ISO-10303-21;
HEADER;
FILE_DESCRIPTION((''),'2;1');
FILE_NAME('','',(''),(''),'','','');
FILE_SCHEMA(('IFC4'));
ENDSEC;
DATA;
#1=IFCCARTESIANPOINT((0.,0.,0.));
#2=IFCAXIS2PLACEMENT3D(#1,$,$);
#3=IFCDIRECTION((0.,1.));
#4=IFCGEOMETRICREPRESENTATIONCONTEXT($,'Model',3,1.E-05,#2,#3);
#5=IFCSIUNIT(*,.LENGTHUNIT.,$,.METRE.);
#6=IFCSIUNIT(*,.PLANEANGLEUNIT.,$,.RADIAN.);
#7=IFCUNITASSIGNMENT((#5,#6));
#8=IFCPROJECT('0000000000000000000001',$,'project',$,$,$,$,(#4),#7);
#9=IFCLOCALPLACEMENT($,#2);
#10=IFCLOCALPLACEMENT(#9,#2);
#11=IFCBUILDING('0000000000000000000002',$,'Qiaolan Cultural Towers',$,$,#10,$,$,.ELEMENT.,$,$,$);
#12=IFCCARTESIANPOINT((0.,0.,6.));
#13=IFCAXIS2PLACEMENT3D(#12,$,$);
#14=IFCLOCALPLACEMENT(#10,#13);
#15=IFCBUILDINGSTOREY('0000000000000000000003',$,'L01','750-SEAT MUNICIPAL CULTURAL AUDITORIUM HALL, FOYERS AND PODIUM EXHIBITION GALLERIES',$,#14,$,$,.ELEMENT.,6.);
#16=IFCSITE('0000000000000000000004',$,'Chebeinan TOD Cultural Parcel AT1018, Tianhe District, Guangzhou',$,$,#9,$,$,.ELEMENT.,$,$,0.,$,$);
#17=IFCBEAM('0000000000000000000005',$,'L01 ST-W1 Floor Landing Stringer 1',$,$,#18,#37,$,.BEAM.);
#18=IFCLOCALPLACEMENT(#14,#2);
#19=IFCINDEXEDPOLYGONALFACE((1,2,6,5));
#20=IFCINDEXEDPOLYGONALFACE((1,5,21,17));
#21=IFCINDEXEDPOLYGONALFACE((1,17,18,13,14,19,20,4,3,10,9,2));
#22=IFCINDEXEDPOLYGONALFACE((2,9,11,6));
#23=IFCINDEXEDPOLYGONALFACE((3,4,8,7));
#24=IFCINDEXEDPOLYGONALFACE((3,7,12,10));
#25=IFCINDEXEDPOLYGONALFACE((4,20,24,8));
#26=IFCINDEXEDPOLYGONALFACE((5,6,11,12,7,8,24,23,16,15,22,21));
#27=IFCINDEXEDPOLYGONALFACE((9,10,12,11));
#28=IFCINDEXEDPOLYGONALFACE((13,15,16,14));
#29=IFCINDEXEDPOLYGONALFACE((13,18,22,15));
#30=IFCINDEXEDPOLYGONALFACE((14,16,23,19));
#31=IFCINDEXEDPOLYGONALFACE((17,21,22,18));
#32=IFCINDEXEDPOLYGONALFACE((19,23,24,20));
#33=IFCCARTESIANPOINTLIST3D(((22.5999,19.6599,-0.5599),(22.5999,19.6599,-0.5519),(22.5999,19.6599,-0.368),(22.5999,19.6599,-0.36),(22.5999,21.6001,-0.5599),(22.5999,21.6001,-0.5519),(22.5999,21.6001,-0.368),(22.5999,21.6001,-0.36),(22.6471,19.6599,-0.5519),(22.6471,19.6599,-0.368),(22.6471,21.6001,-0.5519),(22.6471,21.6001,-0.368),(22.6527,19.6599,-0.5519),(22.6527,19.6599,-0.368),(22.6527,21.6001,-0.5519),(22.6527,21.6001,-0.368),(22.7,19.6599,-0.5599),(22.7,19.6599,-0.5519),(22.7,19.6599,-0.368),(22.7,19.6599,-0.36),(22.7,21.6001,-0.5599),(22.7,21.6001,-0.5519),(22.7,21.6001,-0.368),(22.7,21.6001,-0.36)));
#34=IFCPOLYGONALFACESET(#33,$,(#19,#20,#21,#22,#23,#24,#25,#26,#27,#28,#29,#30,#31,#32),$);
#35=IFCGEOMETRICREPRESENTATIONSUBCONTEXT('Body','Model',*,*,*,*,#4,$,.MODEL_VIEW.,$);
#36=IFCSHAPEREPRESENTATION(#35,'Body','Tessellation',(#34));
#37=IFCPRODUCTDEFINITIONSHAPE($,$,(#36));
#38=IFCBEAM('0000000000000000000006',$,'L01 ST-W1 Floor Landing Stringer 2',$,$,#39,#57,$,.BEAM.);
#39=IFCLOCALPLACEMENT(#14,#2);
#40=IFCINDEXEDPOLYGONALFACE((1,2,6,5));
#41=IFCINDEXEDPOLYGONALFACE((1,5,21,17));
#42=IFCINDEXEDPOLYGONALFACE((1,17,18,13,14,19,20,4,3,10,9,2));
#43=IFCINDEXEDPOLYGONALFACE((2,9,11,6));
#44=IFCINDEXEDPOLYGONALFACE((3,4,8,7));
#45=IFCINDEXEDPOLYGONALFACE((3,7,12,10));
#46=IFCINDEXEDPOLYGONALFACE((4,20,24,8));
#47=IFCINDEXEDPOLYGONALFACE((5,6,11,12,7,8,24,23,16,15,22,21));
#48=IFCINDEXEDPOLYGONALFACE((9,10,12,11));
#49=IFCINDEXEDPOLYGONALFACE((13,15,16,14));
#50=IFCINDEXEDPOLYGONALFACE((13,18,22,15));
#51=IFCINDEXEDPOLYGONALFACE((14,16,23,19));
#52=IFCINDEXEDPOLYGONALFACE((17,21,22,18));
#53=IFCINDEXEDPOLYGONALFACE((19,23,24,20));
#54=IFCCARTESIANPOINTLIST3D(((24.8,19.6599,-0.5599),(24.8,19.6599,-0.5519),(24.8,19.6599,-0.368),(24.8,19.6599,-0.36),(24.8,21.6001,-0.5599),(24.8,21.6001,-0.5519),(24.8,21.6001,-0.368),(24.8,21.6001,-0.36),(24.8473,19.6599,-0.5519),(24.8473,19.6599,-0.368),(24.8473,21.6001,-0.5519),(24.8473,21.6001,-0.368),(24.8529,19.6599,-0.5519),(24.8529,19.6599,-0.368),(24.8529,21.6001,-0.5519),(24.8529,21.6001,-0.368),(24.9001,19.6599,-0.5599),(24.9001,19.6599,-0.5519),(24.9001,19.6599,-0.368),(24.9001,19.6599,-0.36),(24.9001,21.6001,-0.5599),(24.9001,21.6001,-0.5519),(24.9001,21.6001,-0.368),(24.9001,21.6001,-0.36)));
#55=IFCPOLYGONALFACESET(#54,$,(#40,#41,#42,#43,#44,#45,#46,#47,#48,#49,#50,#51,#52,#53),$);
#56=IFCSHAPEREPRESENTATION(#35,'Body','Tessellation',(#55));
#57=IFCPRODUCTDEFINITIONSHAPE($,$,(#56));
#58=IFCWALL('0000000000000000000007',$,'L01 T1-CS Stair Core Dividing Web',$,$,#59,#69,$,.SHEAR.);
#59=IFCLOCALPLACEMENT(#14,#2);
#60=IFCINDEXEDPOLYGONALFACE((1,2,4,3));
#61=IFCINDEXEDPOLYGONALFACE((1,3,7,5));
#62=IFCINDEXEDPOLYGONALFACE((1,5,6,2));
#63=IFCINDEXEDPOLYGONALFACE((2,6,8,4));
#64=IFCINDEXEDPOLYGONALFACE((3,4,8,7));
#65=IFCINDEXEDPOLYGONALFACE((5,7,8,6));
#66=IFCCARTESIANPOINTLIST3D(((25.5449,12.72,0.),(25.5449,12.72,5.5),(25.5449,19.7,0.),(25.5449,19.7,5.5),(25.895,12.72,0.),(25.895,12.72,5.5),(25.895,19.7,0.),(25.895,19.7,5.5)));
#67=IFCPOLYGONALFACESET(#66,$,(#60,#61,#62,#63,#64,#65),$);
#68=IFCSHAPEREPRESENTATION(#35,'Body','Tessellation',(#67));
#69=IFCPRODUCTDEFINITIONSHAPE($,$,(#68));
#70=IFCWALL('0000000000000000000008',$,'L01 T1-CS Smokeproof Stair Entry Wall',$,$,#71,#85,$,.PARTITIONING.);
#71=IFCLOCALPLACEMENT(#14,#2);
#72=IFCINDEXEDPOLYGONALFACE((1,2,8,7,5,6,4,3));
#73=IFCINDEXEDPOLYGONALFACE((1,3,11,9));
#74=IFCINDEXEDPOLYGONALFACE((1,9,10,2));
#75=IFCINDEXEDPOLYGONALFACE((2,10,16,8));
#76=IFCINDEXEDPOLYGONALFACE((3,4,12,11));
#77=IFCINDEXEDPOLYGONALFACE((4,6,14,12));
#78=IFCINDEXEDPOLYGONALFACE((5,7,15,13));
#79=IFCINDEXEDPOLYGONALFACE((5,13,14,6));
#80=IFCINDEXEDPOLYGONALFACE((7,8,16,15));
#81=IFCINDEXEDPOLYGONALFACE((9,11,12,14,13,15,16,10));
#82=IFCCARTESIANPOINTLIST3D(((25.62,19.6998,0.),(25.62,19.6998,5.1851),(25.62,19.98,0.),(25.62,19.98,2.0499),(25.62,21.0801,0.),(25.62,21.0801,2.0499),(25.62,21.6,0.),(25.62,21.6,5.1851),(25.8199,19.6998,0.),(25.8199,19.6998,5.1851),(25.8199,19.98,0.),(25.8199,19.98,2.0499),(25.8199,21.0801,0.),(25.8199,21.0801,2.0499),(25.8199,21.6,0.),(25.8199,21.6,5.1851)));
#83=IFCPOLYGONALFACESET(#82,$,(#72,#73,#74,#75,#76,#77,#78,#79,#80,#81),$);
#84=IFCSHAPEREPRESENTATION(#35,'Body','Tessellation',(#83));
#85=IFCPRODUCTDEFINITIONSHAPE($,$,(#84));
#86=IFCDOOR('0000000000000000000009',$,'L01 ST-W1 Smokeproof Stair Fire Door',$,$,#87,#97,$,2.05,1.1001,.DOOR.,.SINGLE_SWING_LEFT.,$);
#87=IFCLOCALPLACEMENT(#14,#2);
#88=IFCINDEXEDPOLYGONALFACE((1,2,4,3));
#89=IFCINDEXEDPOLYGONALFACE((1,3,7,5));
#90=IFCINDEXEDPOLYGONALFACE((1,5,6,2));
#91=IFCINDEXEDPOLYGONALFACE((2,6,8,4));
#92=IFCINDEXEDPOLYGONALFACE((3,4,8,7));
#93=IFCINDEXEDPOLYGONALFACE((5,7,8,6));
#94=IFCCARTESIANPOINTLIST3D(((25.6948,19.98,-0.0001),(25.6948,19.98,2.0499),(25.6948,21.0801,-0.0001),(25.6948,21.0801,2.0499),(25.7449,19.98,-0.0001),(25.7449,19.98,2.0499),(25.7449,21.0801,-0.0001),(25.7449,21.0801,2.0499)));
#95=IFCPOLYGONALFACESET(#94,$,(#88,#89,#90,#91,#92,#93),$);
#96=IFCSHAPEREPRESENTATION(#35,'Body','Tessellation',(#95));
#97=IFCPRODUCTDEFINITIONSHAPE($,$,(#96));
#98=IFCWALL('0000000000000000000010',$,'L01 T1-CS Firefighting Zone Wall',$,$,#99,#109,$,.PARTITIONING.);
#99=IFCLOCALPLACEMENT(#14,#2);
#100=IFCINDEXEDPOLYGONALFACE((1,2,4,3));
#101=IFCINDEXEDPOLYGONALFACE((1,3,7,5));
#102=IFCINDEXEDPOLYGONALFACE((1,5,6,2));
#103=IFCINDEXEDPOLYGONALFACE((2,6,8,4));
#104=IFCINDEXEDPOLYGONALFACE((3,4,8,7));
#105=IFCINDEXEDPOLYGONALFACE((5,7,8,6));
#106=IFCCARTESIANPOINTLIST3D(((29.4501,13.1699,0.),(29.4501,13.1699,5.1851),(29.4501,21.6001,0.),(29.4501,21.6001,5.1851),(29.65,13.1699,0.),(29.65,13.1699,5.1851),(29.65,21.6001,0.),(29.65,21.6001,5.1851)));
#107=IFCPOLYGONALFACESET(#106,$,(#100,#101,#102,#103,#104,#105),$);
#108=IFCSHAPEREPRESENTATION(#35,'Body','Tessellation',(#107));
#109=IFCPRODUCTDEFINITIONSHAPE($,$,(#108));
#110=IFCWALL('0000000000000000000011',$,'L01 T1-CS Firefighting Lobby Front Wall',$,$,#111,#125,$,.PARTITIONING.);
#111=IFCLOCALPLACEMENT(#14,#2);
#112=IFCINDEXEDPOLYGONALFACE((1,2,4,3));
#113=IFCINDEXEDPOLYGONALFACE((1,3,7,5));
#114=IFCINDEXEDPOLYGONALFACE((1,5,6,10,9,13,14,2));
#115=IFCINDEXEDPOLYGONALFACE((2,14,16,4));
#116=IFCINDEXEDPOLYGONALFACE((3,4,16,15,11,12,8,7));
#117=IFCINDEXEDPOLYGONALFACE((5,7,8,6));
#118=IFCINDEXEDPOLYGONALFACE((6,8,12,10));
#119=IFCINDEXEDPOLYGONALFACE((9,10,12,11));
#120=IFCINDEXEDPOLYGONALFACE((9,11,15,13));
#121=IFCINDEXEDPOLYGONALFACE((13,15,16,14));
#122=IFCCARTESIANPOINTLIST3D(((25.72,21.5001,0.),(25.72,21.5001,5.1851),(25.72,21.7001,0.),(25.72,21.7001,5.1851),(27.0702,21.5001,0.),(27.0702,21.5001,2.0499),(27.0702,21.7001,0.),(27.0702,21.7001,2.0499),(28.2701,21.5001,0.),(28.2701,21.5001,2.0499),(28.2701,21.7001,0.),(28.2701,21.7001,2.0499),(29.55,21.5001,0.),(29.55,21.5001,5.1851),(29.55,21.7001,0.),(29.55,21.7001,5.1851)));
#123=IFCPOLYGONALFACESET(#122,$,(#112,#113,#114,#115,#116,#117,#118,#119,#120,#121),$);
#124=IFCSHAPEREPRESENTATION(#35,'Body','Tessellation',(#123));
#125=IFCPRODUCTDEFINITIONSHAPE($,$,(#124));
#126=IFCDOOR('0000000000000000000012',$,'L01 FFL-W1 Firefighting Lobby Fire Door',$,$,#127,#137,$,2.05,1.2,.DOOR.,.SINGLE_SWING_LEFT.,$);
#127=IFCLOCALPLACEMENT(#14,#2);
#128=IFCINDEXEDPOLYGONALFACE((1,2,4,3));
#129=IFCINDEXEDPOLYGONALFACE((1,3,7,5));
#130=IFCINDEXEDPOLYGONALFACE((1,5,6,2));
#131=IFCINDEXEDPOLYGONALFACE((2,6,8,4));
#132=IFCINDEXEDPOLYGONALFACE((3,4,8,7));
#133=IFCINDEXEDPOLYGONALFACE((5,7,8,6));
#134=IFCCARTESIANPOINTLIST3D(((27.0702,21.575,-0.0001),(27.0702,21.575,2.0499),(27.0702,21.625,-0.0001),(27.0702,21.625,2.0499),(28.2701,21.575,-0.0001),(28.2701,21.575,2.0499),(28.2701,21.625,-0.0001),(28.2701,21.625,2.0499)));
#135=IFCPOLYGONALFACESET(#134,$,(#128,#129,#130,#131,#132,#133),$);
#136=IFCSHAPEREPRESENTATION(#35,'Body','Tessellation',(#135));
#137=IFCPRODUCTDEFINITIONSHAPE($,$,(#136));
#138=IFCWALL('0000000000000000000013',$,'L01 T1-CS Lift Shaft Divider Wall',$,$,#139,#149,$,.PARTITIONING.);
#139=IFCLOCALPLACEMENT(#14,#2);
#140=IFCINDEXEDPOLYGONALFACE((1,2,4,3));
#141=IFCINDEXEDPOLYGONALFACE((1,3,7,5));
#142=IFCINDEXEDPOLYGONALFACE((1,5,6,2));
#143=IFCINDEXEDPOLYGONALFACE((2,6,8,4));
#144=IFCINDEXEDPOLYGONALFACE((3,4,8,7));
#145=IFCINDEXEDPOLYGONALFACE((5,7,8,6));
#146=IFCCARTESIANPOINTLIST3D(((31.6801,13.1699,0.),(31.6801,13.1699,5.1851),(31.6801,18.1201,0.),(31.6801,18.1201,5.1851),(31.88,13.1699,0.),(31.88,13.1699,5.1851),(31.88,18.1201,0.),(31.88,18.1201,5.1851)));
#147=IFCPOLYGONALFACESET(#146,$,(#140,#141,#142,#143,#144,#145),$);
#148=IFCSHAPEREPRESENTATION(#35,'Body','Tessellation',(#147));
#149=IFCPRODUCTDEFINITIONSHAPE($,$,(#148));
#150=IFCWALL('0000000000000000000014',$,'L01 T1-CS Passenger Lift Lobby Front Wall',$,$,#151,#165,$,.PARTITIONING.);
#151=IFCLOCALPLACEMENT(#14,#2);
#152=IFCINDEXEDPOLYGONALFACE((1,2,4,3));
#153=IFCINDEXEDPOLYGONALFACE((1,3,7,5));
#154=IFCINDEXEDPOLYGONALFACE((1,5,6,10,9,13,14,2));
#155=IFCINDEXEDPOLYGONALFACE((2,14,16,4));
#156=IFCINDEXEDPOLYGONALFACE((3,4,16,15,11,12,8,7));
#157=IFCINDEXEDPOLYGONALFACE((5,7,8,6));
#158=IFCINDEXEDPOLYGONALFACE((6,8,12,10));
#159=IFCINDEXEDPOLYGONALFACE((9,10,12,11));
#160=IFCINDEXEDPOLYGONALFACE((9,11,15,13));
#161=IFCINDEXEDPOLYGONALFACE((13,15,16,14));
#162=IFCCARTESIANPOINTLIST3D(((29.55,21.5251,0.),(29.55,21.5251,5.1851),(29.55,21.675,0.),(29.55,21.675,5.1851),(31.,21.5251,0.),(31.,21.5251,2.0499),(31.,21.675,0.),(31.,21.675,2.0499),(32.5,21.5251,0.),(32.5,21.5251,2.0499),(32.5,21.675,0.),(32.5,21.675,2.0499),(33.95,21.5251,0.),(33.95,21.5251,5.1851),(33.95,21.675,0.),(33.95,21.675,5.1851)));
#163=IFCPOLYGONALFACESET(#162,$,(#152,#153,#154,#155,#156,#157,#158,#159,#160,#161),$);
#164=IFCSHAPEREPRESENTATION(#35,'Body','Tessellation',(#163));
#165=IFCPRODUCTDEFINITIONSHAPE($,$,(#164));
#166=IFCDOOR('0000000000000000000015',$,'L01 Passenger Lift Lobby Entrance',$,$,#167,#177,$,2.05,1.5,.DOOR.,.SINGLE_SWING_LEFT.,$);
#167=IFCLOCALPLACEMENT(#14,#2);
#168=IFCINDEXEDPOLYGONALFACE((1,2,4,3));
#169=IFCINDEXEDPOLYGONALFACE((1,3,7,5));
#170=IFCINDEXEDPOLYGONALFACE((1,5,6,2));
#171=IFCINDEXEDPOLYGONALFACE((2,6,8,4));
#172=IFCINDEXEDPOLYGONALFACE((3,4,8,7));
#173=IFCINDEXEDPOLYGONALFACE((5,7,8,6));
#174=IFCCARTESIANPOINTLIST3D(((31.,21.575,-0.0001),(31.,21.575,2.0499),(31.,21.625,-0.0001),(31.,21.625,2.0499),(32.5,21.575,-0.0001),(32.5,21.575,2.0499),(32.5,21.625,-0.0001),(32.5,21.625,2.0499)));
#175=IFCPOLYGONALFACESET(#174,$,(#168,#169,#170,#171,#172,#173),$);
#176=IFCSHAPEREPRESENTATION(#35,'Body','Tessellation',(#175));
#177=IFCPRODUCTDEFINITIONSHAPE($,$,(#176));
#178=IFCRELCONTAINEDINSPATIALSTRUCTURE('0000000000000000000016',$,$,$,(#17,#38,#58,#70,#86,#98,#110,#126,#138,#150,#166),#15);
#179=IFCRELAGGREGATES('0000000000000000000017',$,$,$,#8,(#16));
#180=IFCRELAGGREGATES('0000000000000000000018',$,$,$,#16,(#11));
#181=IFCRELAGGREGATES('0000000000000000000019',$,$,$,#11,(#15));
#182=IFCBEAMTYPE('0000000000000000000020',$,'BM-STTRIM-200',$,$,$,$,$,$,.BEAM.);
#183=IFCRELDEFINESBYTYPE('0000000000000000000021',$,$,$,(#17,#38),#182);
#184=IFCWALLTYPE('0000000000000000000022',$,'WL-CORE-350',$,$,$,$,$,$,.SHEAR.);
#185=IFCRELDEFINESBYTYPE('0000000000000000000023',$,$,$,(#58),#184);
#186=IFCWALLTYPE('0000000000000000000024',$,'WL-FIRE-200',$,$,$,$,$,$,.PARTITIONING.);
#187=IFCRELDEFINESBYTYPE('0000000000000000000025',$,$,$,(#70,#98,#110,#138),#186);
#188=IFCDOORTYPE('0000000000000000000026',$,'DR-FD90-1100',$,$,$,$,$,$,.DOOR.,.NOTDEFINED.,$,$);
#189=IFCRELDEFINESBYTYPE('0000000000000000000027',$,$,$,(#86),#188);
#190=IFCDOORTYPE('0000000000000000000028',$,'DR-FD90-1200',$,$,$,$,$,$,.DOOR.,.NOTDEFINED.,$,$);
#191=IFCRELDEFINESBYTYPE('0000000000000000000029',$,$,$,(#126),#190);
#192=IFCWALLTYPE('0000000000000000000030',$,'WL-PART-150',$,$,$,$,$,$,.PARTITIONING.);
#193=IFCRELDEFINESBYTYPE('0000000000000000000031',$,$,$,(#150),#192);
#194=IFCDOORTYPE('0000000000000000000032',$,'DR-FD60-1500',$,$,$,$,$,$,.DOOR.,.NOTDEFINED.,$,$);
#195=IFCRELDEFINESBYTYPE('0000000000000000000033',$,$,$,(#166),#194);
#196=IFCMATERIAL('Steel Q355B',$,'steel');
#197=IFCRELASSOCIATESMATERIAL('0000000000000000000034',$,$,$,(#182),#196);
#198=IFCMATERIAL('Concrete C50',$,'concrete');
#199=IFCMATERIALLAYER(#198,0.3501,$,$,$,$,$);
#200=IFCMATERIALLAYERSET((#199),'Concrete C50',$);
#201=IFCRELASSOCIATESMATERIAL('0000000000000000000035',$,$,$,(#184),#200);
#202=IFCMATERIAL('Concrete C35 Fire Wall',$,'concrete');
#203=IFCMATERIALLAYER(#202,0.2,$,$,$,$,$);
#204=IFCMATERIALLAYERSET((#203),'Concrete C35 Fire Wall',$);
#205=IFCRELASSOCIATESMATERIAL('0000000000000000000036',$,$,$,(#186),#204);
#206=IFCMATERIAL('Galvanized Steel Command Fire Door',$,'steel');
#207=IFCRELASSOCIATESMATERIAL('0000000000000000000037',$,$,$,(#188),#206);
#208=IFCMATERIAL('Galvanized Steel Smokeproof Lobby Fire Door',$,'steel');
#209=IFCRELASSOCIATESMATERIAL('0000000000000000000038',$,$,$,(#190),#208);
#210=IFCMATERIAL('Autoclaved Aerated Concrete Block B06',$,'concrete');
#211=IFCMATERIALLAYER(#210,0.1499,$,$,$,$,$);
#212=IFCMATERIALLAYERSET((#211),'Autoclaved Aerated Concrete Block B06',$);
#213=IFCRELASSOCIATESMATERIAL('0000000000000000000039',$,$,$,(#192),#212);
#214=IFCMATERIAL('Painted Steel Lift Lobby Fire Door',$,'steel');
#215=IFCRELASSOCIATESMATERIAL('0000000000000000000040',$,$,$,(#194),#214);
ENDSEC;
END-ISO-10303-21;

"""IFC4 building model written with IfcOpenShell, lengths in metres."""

from ifc_helpers import new_model, si_unit, direction, frame, frame_2d, origin, origin_2d, place, context, subcontext, project, spatial, rectangle, i_section, extrude, material, layer, layer_set, material_profile, profile_set, type_object, element, fill, save


model = new_model("IFC4")

# Units and contexts
model_context = context("Model", 3, precision=1e-05, world=origin(), true_north=direction((0.0, 1.0)))
body_context = subcontext(model_context, "Body", "Model", "MODEL_VIEW")
ifc_project = project(units=[si_unit("LENGTHUNIT", "METRE"), si_unit("PLANEANGLEUNIT", "RADIAN")], contexts=[model_context])

# Site, building, storey
site_placement = place(None, origin())
site = spatial("IfcSite", under=ifc_project, at=site_placement, Name="Chebeinan TOD Cultural Parcel AT1018, Tianhe District, Guangzhou", CompositionType="ELEMENT", RefElevation=0.0)
building_placement = place(site_placement, origin())
building = spatial("IfcBuilding", under=site, at=building_placement, Name="Qiaolan Cultural Towers", CompositionType="ELEMENT")
storey_placement = place(building_placement, frame((0.0, 0.0, 6.0)))
storey = spatial("IfcBuildingStorey", under=building, at=storey_placement, Name="L01", Description="750-SEAT MUNICIPAL CULTURAL AUDITORIUM HALL, FOYERS AND PODIUM EXHIBITION GALLERIES", CompositionType="ELEMENT", Elevation=6.0)

# Beams
ifc_material_1 = material(Name="Steel Q355B", Category="steel")
ifc_material_profile = material_profile(ifc_material_1, i_section(OverallWidth=0.1001, OverallDepth=0.2, WebThickness=0.0056, FlangeThickness=0.0081, at=origin_2d()), Name="HN200x100x5.5x8")
ifc_profile_set = profile_set([ifc_material_profile], Name="Steel Q355B")
beam_type = type_object("IfcBeamType", Name="BM-STTRIM-200", PredefinedType="BEAM", material=ifc_profile_set)
for number, where, z_axis, x_axis, name in (
    (1, (22.6499, 21.6001, -0.46), (0.0, -1.0, 0.0), (1.0, 0.0, 0.0), "L01 ST-W1 Floor Landing Stringer 1"),
    (2, (24.8501, 21.6001, -0.46), (0.0, -1.0, 0.0), (1.0, 0.0, 0.0), "L01 ST-W1 Floor Landing Stringer 2"),
):
    element("IfcBeam", number, at=place(storey_placement, frame(where, z_axis=z_axis, x_axis=x_axis)), inside=storey, type_object=beam_type, Name=name, PredefinedType="BEAM", context=body_context, shape_type="SweptSolid", body=[
        extrude(i_section(OverallWidth=0.1001, OverallDepth=0.2, WebThickness=0.0056, FlangeThickness=0.0081, at=origin_2d()), origin(), (0.0, 0.0, 1.0), 1.9402),
    ])

# Wall
ifc_material_2 = material(Name="Concrete C50", Category="concrete")
ifc_layer_1 = layer(ifc_material_2, 0.3501)
ifc_layer_set_1 = layer_set([ifc_layer_1], Name="Concrete C50")
wall_type_1 = type_object("IfcWallType", Name="WL-CORE-350", PredefinedType="SHEAR", material=ifc_layer_set_1)
wall_1_placement = place(storey_placement, frame((25.72, 19.7, 0.0), z_axis=(0.0, 0.0, 1.0), x_axis=(0.0, -1.0, 0.0)))
element("IfcWall", 3, at=wall_1_placement, inside=storey, type_object=wall_type_1, Name="L01 T1-CS Stair Core Dividing Web", PredefinedType="SHEAR", context=body_context, shape_type="SweptSolid", body=[
    extrude(rectangle(XDim=6.98, YDim=0.3501, at=frame_2d((3.49, 0.0))), origin(), (0.0, 0.0, 1.0), 5.5),
])

# Wall, opening, door
ifc_material_3 = material(Name="Concrete C35 Fire Wall", Category="concrete")
ifc_layer_2 = layer(ifc_material_3, 0.2)
ifc_layer_set_2 = layer_set([ifc_layer_2], Name="Concrete C35 Fire Wall")
wall_type_2 = type_object("IfcWallType", Name="WL-FIRE-200", PredefinedType="PARTITIONING", material=ifc_layer_set_2)
wall_2_placement = place(storey_placement, frame((25.72, 21.6001, 0.0), z_axis=(0.0, 0.0, 1.0), x_axis=(0.0, -1.0, 0.0)))
wall_2 = element("IfcWall", 4, at=wall_2_placement, inside=storey, type_object=wall_type_2, Name="L01 T1-CS Smokeproof Stair Entry Wall", PredefinedType="PARTITIONING", context=body_context, shape_type="SweptSolid", body=[
    extrude(rectangle(XDim=1.9001, YDim=0.2, at=frame_2d((0.9502, 0.0))), origin(), (0.0, 0.0, 1.0), 5.1851),
])
opening_1_placement = place(wall_2_placement, frame((0.52, 0.0, 0.0)))
opening_1 = element("IfcOpeningElement", 5, at=opening_1_placement, cuts=wall_2, PredefinedType="OPENING", context=body_context, shape_type="SweptSolid", body=[
    extrude(rectangle(XDim=1.1001, YDim=2.05, at=frame_2d((0.55, 1.0249))), frame((0.0, 0.1099, 0.0), z_axis=(0.0, -1.0, 0.0), x_axis=(1.0, 0.0, 0.0)), (0.0, 0.0, 1.0), 0.22),
])
ifc_material_4 = material(Name="Galvanized Steel Command Fire Door", Category="steel")
door_type_1 = type_object("IfcDoorType", Name="DR-FD90-1100", OperationType="NOTDEFINED", PredefinedType="DOOR", material=ifc_material_4)
door_1_placement = place(opening_1_placement, origin())
door_1 = element("IfcDoor", 6, at=door_1_placement, inside=storey, type_object=door_type_1, Name="L01 ST-W1 Smokeproof Stair Fire Door", OperationType="SINGLE_SWING_LEFT", OverallHeight=2.05, OverallWidth=1.1001, PredefinedType="DOOR", context=body_context, shape_type="SweptSolid", body=[
    extrude(rectangle(XDim=1.1001, YDim=2.05, at=frame_2d((0.55, 1.0249))), frame((0.0, 0.0249, 0.0), z_axis=(0.0, -1.0, 0.0), x_axis=(1.0, 0.0, 0.0)), (0.0, 0.0, 1.0), 0.05),
])
fill(opening_1, door_1)

# Wall
wall_3_placement = place(storey_placement, frame((29.55, 21.6001, 0.0), z_axis=(0.0, 0.0, 1.0), x_axis=(0.0, -1.0, 0.0)))
element("IfcWall", 7, at=wall_3_placement, inside=storey, type_object=wall_type_2, Name="L01 T1-CS Firefighting Zone Wall", PredefinedType="PARTITIONING", context=body_context, shape_type="SweptSolid", body=[
    extrude(rectangle(XDim=8.4302, YDim=0.2, at=frame_2d((4.2151, 0.0))), origin(), (0.0, 0.0, 1.0), 5.1851),
])

# Wall, opening, door
wall_4_placement = place(storey_placement, frame((25.72, 21.6001, 0.0), z_axis=(0.0, 0.0, 1.0), x_axis=(1.0, 0.0, 0.0)))
wall_4 = element("IfcWall", 8, at=wall_4_placement, inside=storey, type_object=wall_type_2, Name="L01 T1-CS Firefighting Lobby Front Wall", PredefinedType="PARTITIONING", context=body_context, shape_type="SweptSolid", body=[
    extrude(rectangle(XDim=3.8301, YDim=0.2, at=frame_2d((1.915, 0.0))), origin(), (0.0, 0.0, 1.0), 5.1851),
])
opening_2_placement = place(wall_4_placement, frame((1.3501, 0.0, 0.0)))
opening_2 = element("IfcOpeningElement", 9, at=opening_2_placement, cuts=wall_4, PredefinedType="OPENING", context=body_context, shape_type="SweptSolid", body=[
    extrude(rectangle(XDim=1.2, YDim=2.05, at=frame_2d((0.6001, 1.0249))), frame((0.0, 0.1099, 0.0), z_axis=(0.0, -1.0, 0.0), x_axis=(1.0, 0.0, 0.0)), (0.0, 0.0, 1.0), 0.22),
])
ifc_material_5 = material(Name="Galvanized Steel Smokeproof Lobby Fire Door", Category="steel")
door_type_2 = type_object("IfcDoorType", Name="DR-FD90-1200", OperationType="NOTDEFINED", PredefinedType="DOOR", material=ifc_material_5)
door_2_placement = place(opening_2_placement, origin())
door_2 = element("IfcDoor", 10, at=door_2_placement, inside=storey, type_object=door_type_2, Name="L01 FFL-W1 Firefighting Lobby Fire Door", OperationType="SINGLE_SWING_LEFT", OverallHeight=2.05, OverallWidth=1.2, PredefinedType="DOOR", context=body_context, shape_type="SweptSolid", body=[
    extrude(rectangle(XDim=1.2, YDim=2.05, at=frame_2d((0.6001, 1.0249))), frame((0.0, 0.0249, 0.0), z_axis=(0.0, -1.0, 0.0), x_axis=(1.0, 0.0, 0.0)), (0.0, 0.0, 1.0), 0.05),
])
fill(opening_2, door_2)

# Wall
wall_5_placement = place(storey_placement, frame((31.78, 18.1201, 0.0), z_axis=(0.0, 0.0, 1.0), x_axis=(0.0, -1.0, 0.0)))
element("IfcWall", 11, at=wall_5_placement, inside=storey, type_object=wall_type_2, Name="L01 T1-CS Lift Shaft Divider Wall", PredefinedType="PARTITIONING", context=body_context, shape_type="SweptSolid", body=[
    extrude(rectangle(XDim=4.9502, YDim=0.2, at=frame_2d((2.4751, 0.0))), origin(), (0.0, 0.0, 1.0), 5.1851),
])

# Wall, opening, door
ifc_material_6 = material(Name="Autoclaved Aerated Concrete Block B06", Category="concrete")
ifc_layer_3 = layer(ifc_material_6, 0.1499)
ifc_layer_set_3 = layer_set([ifc_layer_3], Name="Autoclaved Aerated Concrete Block B06")
wall_type_3 = type_object("IfcWallType", Name="WL-PART-150", PredefinedType="PARTITIONING", material=ifc_layer_set_3)
wall_6_placement = place(storey_placement, frame((29.55, 21.6001, 0.0), z_axis=(0.0, 0.0, 1.0), x_axis=(1.0, 0.0, 0.0)))
wall_6 = element("IfcWall", 12, at=wall_6_placement, inside=storey, type_object=wall_type_3, Name="L01 T1-CS Passenger Lift Lobby Front Wall", PredefinedType="PARTITIONING", context=body_context, shape_type="SweptSolid", body=[
    extrude(rectangle(XDim=4.3999, YDim=0.1499, at=frame_2d((2.2, 0.0))), origin(), (0.0, 0.0, 1.0), 5.1851),
])
opening_3_placement = place(wall_6_placement, frame((1.45, 0.0, 0.0)))
opening_3 = element("IfcOpeningElement", 13, at=opening_3_placement, cuts=wall_6, PredefinedType="OPENING", context=body_context, shape_type="SweptSolid", body=[
    extrude(rectangle(XDim=1.5, YDim=2.05, at=frame_2d((0.75, 1.0249))), frame((0.0, 0.085, 0.0), z_axis=(0.0, -1.0, 0.0), x_axis=(1.0, 0.0, 0.0)), (0.0, 0.0, 1.0), 0.1699),
])
ifc_material_7 = material(Name="Painted Steel Lift Lobby Fire Door", Category="steel")
door_type_3 = type_object("IfcDoorType", Name="DR-FD60-1500", OperationType="NOTDEFINED", PredefinedType="DOOR", material=ifc_material_7)
door_3_placement = place(opening_3_placement, origin())
door_3 = element("IfcDoor", 14, at=door_3_placement, inside=storey, type_object=door_type_3, Name="L01 Passenger Lift Lobby Entrance", OperationType="SINGLE_SWING_LEFT", OverallHeight=2.05, OverallWidth=1.5, PredefinedType="DOOR", context=body_context, shape_type="SweptSolid", body=[
    extrude(rectangle(XDim=1.5, YDim=2.05, at=frame_2d((0.75, 1.0249))), frame((0.0, 0.0249, 0.0), z_axis=(0.0, -1.0, 0.0), x_axis=(1.0, 0.0, 0.0)), (0.0, 0.0, 1.0), 0.05),
])
fill(opening_3, door_3)

save(model, "model.ifc")
